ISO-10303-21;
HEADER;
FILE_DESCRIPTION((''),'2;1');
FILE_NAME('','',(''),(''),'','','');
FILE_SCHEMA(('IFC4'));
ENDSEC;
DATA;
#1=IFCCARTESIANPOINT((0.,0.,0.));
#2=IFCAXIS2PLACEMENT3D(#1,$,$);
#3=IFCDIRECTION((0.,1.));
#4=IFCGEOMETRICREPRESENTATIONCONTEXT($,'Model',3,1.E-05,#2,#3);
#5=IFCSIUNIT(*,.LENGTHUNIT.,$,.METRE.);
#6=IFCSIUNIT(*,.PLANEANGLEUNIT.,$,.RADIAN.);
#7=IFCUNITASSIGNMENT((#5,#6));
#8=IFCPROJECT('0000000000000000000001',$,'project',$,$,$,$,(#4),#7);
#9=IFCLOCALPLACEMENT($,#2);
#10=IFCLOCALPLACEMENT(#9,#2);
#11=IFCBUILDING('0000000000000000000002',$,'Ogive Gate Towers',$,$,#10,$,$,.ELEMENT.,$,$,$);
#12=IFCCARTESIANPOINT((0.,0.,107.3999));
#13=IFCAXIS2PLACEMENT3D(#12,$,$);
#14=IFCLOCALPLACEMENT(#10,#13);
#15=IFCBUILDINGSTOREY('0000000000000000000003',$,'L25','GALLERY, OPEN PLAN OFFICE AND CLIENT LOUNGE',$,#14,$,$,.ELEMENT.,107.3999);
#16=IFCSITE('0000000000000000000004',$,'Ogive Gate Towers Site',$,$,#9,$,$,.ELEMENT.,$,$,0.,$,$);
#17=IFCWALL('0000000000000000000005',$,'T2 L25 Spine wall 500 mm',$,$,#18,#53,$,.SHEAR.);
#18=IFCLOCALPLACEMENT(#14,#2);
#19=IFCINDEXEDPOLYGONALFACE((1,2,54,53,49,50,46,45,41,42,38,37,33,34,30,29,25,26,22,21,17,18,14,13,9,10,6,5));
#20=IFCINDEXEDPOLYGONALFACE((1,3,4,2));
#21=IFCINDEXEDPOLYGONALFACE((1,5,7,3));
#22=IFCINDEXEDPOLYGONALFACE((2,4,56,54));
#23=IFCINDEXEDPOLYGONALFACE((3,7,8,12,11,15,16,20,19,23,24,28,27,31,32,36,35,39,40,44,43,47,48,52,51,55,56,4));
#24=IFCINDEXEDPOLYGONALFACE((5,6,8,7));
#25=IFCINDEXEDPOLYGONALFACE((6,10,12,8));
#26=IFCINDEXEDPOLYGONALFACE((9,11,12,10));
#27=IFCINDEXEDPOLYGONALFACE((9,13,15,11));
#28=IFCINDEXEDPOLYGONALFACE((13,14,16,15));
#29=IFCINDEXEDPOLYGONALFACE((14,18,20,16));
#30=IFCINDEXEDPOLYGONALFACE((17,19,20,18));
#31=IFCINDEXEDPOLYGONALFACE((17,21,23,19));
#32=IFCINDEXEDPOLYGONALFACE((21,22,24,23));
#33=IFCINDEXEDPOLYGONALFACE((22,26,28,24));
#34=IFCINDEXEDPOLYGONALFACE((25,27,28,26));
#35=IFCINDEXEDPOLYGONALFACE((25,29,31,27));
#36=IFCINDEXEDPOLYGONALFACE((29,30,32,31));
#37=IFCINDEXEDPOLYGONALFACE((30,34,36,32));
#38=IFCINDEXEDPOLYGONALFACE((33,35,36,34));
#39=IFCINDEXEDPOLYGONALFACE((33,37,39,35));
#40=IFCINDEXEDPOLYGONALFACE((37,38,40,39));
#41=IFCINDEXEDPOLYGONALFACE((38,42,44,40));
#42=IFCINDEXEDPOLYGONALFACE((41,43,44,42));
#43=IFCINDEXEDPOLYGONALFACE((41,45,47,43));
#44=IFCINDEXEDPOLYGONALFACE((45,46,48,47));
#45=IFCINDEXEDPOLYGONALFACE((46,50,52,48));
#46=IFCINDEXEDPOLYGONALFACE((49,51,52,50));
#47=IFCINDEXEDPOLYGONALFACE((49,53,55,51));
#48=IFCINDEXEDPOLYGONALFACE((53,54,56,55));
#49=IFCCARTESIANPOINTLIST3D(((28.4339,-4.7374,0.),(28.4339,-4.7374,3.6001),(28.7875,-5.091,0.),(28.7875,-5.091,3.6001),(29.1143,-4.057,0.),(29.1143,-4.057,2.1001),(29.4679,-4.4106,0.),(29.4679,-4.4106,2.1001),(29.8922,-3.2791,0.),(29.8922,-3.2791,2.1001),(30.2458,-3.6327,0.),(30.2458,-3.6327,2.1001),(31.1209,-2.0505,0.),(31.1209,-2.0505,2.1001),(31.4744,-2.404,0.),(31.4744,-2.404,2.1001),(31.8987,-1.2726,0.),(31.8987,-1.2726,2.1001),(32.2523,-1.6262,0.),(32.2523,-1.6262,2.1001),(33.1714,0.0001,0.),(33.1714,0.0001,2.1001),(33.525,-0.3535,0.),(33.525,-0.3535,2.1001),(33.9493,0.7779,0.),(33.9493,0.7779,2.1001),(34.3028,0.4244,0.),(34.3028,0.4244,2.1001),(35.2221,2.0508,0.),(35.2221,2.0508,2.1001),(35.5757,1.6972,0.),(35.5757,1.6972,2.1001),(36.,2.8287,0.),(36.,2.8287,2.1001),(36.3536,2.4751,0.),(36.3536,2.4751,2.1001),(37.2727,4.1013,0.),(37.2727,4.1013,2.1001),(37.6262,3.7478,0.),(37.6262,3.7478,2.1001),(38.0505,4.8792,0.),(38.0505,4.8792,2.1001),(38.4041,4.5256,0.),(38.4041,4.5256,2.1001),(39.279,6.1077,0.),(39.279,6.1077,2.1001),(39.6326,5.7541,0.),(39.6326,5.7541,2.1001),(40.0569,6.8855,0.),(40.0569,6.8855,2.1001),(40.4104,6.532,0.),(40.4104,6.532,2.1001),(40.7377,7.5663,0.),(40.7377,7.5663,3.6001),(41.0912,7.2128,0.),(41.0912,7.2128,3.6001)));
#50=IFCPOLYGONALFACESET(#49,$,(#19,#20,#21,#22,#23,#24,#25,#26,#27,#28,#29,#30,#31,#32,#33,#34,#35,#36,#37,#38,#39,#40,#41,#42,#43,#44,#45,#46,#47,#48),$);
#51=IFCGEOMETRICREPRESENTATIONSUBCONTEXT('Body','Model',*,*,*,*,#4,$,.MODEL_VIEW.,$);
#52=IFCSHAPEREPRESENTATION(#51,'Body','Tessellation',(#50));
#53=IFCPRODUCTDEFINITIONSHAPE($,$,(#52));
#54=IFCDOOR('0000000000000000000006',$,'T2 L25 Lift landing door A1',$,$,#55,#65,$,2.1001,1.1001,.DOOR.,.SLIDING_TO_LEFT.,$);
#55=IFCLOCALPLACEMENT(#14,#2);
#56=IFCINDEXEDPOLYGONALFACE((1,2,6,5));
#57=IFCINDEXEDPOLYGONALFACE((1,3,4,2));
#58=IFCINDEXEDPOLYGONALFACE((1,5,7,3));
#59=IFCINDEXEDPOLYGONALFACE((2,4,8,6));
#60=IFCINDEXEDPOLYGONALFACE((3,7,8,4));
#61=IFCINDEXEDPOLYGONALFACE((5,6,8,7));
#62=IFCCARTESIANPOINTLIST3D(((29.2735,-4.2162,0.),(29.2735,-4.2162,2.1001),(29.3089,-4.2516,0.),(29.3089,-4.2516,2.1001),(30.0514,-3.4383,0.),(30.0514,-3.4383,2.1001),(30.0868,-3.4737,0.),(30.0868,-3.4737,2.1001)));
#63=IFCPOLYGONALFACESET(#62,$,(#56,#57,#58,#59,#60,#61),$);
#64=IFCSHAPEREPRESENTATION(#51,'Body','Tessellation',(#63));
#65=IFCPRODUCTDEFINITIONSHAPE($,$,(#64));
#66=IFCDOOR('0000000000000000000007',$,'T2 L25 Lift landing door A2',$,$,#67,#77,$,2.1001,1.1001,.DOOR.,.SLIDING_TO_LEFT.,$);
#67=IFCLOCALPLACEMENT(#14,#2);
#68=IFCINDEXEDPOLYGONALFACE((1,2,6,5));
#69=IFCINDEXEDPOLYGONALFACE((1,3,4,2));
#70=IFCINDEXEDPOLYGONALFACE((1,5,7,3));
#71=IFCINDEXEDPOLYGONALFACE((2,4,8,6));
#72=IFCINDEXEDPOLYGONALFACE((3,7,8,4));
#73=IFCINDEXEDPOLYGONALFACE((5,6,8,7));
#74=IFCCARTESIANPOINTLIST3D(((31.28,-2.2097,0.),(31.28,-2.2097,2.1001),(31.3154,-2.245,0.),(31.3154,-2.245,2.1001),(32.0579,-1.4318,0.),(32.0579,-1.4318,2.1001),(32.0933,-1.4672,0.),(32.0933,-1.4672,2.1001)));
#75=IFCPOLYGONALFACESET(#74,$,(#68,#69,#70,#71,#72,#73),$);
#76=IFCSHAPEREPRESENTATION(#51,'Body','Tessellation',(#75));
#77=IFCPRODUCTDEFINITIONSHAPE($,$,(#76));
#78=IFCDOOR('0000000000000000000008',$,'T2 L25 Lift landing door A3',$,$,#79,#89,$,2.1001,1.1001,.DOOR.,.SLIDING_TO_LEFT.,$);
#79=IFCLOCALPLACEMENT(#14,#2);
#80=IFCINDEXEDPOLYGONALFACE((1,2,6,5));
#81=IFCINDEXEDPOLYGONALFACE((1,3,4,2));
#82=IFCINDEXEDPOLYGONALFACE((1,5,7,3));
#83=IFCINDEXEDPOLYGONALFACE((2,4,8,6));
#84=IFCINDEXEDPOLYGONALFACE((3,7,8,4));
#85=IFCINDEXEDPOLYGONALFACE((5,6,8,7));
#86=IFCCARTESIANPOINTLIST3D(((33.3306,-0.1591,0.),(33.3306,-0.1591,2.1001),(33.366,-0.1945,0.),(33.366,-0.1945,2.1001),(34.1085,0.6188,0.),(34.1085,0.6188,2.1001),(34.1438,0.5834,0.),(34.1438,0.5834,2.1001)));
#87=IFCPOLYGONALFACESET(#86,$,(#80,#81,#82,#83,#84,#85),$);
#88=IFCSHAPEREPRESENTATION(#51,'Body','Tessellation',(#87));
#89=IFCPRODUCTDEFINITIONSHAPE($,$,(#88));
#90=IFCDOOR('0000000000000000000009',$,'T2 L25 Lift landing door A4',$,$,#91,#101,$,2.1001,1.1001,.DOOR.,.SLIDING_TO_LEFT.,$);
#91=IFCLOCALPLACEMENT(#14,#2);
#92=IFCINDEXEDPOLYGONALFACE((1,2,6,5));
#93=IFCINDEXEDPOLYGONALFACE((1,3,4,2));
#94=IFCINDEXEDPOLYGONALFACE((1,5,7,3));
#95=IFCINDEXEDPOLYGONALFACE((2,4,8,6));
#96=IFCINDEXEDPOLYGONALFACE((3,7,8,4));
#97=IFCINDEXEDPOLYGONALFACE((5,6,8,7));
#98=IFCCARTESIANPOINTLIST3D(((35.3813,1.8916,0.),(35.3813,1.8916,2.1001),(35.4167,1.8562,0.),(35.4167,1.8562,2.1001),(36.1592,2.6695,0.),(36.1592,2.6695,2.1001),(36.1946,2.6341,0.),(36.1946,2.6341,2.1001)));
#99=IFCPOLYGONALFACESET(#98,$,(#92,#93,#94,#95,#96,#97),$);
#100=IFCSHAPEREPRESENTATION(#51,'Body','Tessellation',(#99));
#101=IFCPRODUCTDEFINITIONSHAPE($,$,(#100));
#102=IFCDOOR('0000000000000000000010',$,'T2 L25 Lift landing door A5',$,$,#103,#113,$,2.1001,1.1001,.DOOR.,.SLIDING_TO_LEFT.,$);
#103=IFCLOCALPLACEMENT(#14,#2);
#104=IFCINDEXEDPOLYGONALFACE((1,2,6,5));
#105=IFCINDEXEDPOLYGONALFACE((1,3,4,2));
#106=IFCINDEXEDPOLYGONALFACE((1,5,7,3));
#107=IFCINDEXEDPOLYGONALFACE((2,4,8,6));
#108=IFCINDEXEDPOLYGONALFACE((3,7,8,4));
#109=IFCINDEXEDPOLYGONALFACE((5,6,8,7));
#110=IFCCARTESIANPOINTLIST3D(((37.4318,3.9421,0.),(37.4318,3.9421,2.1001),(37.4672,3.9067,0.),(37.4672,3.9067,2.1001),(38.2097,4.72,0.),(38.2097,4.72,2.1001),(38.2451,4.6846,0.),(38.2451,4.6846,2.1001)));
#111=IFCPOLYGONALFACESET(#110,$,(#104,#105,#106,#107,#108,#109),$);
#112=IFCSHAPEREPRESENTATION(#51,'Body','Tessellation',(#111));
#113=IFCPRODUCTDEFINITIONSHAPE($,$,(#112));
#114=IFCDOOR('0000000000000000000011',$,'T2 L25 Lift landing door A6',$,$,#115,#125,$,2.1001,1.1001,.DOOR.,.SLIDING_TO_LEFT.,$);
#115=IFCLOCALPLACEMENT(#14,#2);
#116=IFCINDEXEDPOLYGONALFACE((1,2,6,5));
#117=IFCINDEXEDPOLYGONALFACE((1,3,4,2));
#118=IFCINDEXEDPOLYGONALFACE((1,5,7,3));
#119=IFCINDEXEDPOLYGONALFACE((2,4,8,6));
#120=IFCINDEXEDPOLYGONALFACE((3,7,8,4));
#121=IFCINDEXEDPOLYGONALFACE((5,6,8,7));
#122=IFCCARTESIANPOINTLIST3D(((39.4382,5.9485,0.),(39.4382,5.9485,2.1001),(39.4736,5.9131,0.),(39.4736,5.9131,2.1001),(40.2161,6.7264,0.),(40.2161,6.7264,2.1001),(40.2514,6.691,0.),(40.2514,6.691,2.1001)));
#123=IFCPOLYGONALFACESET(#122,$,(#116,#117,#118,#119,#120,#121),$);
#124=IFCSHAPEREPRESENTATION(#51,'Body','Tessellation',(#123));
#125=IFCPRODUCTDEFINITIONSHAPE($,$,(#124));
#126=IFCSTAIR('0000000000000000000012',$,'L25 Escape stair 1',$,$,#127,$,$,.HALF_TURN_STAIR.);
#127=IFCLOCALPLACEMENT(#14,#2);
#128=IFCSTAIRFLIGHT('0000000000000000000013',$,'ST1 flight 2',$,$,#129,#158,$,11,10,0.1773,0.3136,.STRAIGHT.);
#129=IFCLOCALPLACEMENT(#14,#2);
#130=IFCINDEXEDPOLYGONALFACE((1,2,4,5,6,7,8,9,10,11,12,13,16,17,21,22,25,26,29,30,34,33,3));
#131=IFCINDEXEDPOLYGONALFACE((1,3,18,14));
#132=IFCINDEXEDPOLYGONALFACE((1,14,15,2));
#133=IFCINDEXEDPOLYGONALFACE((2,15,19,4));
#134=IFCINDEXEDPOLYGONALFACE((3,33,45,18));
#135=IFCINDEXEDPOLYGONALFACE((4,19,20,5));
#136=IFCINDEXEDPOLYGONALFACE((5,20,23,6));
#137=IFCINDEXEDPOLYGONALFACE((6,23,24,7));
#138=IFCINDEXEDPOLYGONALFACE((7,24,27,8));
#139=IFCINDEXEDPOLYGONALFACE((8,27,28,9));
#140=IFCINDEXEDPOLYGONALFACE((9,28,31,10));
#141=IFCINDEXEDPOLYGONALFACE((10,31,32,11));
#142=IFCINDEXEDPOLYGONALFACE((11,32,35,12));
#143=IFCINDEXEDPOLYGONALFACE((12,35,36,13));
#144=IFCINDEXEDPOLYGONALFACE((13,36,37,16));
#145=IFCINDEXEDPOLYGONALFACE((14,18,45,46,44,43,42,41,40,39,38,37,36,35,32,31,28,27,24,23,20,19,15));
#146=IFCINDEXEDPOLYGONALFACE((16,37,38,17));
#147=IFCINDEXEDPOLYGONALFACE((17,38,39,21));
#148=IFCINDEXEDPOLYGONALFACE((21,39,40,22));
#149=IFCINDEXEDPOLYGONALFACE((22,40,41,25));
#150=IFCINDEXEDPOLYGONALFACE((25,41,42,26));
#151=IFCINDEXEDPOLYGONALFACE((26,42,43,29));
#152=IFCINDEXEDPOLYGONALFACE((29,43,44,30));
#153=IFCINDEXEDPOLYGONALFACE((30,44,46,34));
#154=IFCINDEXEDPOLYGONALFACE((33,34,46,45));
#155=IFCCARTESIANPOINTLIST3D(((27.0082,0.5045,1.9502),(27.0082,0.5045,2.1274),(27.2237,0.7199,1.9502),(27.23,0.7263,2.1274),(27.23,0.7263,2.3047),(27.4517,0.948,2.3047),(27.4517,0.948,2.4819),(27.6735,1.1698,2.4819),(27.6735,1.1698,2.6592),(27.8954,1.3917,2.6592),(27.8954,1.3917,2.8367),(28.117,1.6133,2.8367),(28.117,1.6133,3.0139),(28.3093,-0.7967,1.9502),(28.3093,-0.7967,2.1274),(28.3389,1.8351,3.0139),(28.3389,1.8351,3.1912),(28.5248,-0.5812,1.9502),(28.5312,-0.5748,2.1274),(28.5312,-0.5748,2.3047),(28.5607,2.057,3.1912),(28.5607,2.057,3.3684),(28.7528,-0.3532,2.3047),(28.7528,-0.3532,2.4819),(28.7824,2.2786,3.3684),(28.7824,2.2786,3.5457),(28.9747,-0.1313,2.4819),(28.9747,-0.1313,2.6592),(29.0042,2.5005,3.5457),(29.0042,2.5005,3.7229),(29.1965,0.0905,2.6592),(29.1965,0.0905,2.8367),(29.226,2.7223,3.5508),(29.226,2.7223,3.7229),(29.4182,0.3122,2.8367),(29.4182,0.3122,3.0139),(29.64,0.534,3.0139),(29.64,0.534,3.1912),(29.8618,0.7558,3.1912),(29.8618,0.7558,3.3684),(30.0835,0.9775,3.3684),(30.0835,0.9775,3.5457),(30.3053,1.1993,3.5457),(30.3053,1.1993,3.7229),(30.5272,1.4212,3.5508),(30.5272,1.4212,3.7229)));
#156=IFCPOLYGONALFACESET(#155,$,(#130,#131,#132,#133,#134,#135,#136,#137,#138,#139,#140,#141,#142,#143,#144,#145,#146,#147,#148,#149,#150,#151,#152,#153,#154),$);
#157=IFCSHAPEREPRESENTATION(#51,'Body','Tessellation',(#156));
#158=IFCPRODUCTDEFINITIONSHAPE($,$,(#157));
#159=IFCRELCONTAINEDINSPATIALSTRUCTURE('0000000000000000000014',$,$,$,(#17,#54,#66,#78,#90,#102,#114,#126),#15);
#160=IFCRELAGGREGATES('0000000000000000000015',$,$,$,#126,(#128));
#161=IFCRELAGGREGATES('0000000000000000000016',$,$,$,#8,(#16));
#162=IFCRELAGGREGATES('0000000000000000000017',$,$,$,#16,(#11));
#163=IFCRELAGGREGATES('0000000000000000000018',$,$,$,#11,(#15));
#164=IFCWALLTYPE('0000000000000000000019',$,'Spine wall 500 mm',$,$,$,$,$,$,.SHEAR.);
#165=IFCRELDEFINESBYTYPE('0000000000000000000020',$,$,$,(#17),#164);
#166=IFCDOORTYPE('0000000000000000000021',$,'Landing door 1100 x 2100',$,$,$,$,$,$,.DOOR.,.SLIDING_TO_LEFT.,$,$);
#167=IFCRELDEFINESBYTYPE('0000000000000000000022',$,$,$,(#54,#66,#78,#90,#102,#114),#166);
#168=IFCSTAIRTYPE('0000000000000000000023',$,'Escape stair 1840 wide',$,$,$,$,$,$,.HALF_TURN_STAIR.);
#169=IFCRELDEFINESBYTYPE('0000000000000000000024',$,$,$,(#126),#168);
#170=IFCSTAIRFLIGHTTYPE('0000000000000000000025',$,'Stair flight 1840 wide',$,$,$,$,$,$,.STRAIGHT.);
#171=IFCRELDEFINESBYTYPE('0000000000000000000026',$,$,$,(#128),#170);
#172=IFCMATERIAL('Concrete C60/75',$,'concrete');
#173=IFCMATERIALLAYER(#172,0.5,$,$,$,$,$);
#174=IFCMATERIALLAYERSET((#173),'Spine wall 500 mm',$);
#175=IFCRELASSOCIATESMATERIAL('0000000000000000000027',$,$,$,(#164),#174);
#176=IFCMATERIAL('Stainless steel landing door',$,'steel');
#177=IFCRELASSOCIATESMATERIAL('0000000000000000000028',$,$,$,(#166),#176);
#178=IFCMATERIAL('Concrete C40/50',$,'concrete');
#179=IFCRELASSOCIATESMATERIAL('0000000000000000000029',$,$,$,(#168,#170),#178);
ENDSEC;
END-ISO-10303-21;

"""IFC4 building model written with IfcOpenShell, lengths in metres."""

from ifc_helpers import new_model, si_unit, direction, frame, frame_2d, origin, place, context, subcontext, project, spatial, polyline, rectangle, outline, extrude, material, layer, layer_set, type_object, element, fill, aggregate, save


model = new_model("IFC4")

# Units and contexts
model_context = context("Model", 3, precision=1e-05, world=origin(), true_north=direction((0.0, 1.0)))
body_context = subcontext(model_context, "Body", "Model", "MODEL_VIEW")
ifc_project = project(units=[si_unit("LENGTHUNIT", "METRE"), si_unit("PLANEANGLEUNIT", "RADIAN")], contexts=[model_context])

# Site, building, storey
site_placement = place(None, origin())
site = spatial("IfcSite", under=ifc_project, at=site_placement, Name="Ogive Gate Towers Site", CompositionType="ELEMENT", RefElevation=0.0)
building_placement = place(site_placement, origin())
building = spatial("IfcBuilding", under=site, at=building_placement, Name="Ogive Gate Towers", CompositionType="ELEMENT")
storey_placement = place(building_placement, frame((0.0, 0.0, 107.3999)))
storey = spatial("IfcBuildingStorey", under=building, at=storey_placement, Name="L25", Description="GALLERY, OPEN PLAN OFFICE AND CLIENT LOUNGE", CompositionType="ELEMENT", Elevation=107.3999)

# Shared definitions
ifc_material_1 = material(Name="Concrete C60/75", Category="concrete")

# Wall, openings, doors
ifc_layer_1 = layer(ifc_material_1, 0.5)
ifc_layer_set_1 = layer_set([ifc_layer_1], Name="Spine wall 500 mm")
wall_type_1 = type_object("IfcWallType", Name="Spine wall 500 mm", PredefinedType="SHEAR", material=ifc_layer_set_1)
ifc_material_2 = material(Name="Stainless steel landing door", Category="steel")
wall_1_placement = place(storey_placement, frame((28.6106, -4.9143, 0.0), z_axis=(0.0, 0.0, 1.0), x_axis=(0.707107, 0.707107, 0.0)))
wall_1 = element("IfcWall", 1, at=wall_1_placement, inside=storey, type_object=wall_type_1, Name="T2 L25 Spine wall 500 mm", PredefinedType="SHEAR", context=body_context, shape_type="SweptSolid", body=[
    extrude(rectangle(XDim=17.4001, YDim=0.5, at=frame_2d((8.7002, 0.0))), origin(), (0.0, 0.0, 1.0), 3.6001),
])
opening_1_placement = place(wall_1_placement, frame((0.9624, 0.0, 0.0)))
opening_1 = element("IfcOpeningElement", 2, at=opening_1_placement, cuts=wall_1, PredefinedType="OPENING", context=body_context, shape_type="SweptSolid", body=[
    extrude(rectangle(XDim=1.1001, YDim=2.1001, at=frame_2d((0.55, 1.05))), frame((0.0, 0.26, 0.0), z_axis=(0.0, -1.0, 0.0), x_axis=(1.0, 0.0, 0.0)), (0.0, 0.0, 1.0), 0.52),
])
opening_2_placement = place(wall_1_placement, frame((3.8, 0.0, 0.0)))
opening_2 = element("IfcOpeningElement", 3, at=opening_2_placement, cuts=wall_1, PredefinedType="OPENING", context=body_context, shape_type="SweptSolid", body=[
    extrude(rectangle(XDim=1.1001, YDim=2.1001, at=frame_2d((0.55, 1.05))), frame((0.0, 0.26, 0.0), z_axis=(0.0, -1.0, 0.0), x_axis=(1.0, 0.0, 0.0)), (0.0, 0.0, 1.0), 0.52),
])
opening_3_placement = place(wall_1_placement, frame((6.7, 0.0, 0.0)))
opening_3 = element("IfcOpeningElement", 4, at=opening_3_placement, cuts=wall_1, PredefinedType="OPENING", context=body_context, shape_type="SweptSolid", body=[
    extrude(rectangle(XDim=1.1001, YDim=2.1001, at=frame_2d((0.55, 1.05))), frame((0.0, 0.26, 0.0), z_axis=(0.0, -1.0, 0.0), x_axis=(1.0, 0.0, 0.0)), (0.0, 0.0, 1.0), 0.52),
])
opening_4_placement = place(wall_1_placement, frame((9.6001, 0.0, 0.0)))
opening_4 = element("IfcOpeningElement", 5, at=opening_4_placement, cuts=wall_1, PredefinedType="OPENING", context=body_context, shape_type="SweptSolid", body=[
    extrude(rectangle(XDim=1.1001, YDim=2.1001, at=frame_2d((0.55, 1.05))), frame((0.0, 0.26, 0.0), z_axis=(0.0, -1.0, 0.0), x_axis=(1.0, 0.0, 0.0)), (0.0, 0.0, 1.0), 0.52),
])
opening_5_placement = place(wall_1_placement, frame((12.5, 0.0, 0.0)))
opening_5 = element("IfcOpeningElement", 6, at=opening_5_placement, cuts=wall_1, PredefinedType="OPENING", context=body_context, shape_type="SweptSolid", body=[
    extrude(rectangle(XDim=1.1001, YDim=2.1001, at=frame_2d((0.55, 1.05))), frame((0.0, 0.26, 0.0), z_axis=(0.0, -1.0, 0.0), x_axis=(1.0, 0.0, 0.0)), (0.0, 0.0, 1.0), 0.52),
])
opening_6_placement = place(wall_1_placement, frame((15.3374, 0.0, 0.0)))
opening_6 = element("IfcOpeningElement", 7, at=opening_6_placement, cuts=wall_1, PredefinedType="OPENING", context=body_context, shape_type="SweptSolid", body=[
    extrude(rectangle(XDim=1.1001, YDim=2.1001, at=frame_2d((0.55, 1.05))), frame((0.0, 0.26, 0.0), z_axis=(0.0, -1.0, 0.0), x_axis=(1.0, 0.0, 0.0)), (0.0, 0.0, 1.0), 0.52),
])
door_type_1 = type_object("IfcDoorType", Name="Landing door 1100 x 2100", OperationType="SLIDING_TO_LEFT", PredefinedType="DOOR", material=ifc_material_2)
door_1_placement = place(opening_1_placement, origin())
door_1 = element("IfcDoor", 8, at=door_1_placement, inside=storey, type_object=door_type_1, Name="T2 L25 Lift landing door A1", OperationType="SLIDING_TO_LEFT", OverallHeight=2.1001, OverallWidth=1.1001, PredefinedType="DOOR", context=body_context, shape_type="SweptSolid", body=[
    extrude(rectangle(XDim=1.1001, YDim=2.1001, at=frame_2d((0.55, 1.05))), frame((0.0, 0.0249, 0.0), z_axis=(0.0, -1.0, 0.0), x_axis=(1.0, 0.0, 0.0)), (0.0, 0.0, 1.0), 0.05),
])
fill(opening_1, door_1)
door_2_placement = place(opening_2_placement, origin())
door_2 = element("IfcDoor", 9, at=door_2_placement, inside=storey, type_object=door_type_1, Name="T2 L25 Lift landing door A2", OperationType="SLIDING_TO_LEFT", OverallHeight=2.1001, OverallWidth=1.1001, PredefinedType="DOOR", context=body_context, shape_type="SweptSolid", body=[
    extrude(rectangle(XDim=1.1001, YDim=2.1001, at=frame_2d((0.55, 1.05))), frame((0.0, 0.0249, 0.0), z_axis=(0.0, -1.0, 0.0), x_axis=(1.0, 0.0, 0.0)), (0.0, 0.0, 1.0), 0.05),
])
fill(opening_2, door_2)
door_3_placement = place(opening_3_placement, origin())
door_3 = element("IfcDoor", 10, at=door_3_placement, inside=storey, type_object=door_type_1, Name="T2 L25 Lift landing door A3", OperationType="SLIDING_TO_LEFT", OverallHeight=2.1001, OverallWidth=1.1001, PredefinedType="DOOR", context=body_context, shape_type="SweptSolid", body=[
    extrude(rectangle(XDim=1.1001, YDim=2.1001, at=frame_2d((0.55, 1.05))), frame((0.0, 0.0249, 0.0), z_axis=(0.0, -1.0, 0.0), x_axis=(1.0, 0.0, 0.0)), (0.0, 0.0, 1.0), 0.05),
])
fill(opening_3, door_3)
door_4_placement = place(opening_4_placement, origin())
door_4 = element("IfcDoor", 11, at=door_4_placement, inside=storey, type_object=door_type_1, Name="T2 L25 Lift landing door A4", OperationType="SLIDING_TO_LEFT", OverallHeight=2.1001, OverallWidth=1.1001, PredefinedType="DOOR", context=body_context, shape_type="SweptSolid", body=[
    extrude(rectangle(XDim=1.1001, YDim=2.1001, at=frame_2d((0.55, 1.05))), frame((0.0, 0.0249, 0.0), z_axis=(0.0, -1.0, 0.0), x_axis=(1.0, 0.0, 0.0)), (0.0, 0.0, 1.0), 0.05),
])
fill(opening_4, door_4)
door_5_placement = place(opening_5_placement, origin())
door_5 = element("IfcDoor", 12, at=door_5_placement, inside=storey, type_object=door_type_1, Name="T2 L25 Lift landing door A5", OperationType="SLIDING_TO_LEFT", OverallHeight=2.1001, OverallWidth=1.1001, PredefinedType="DOOR", context=body_context, shape_type="SweptSolid", body=[
    extrude(rectangle(XDim=1.1001, YDim=2.1001, at=frame_2d((0.55, 1.05))), frame((0.0, 0.0249, 0.0), z_axis=(0.0, -1.0, 0.0), x_axis=(1.0, 0.0, 0.0)), (0.0, 0.0, 1.0), 0.05),
])
fill(opening_5, door_5)
door_6_placement = place(opening_6_placement, origin())
door_6 = element("IfcDoor", 13, at=door_6_placement, inside=storey, type_object=door_type_1, Name="T2 L25 Lift landing door A6", OperationType="SLIDING_TO_LEFT", OverallHeight=2.1001, OverallWidth=1.1001, PredefinedType="DOOR", context=body_context, shape_type="SweptSolid", body=[
    extrude(rectangle(XDim=1.1001, YDim=2.1001, at=frame_2d((0.55, 1.05))), frame((0.0, 0.0249, 0.0), z_axis=(0.0, -1.0, 0.0), x_axis=(1.0, 0.0, 0.0)), (0.0, 0.0, 1.0), 0.05),
])
fill(opening_6, door_6)

# Stair, stair flight
ifc_material_3 = material(Name="Concrete C40/50", Category="concrete")
stair_type = type_object("IfcStairType", Name="Escape stair 1840 wide", PredefinedType="HALF_TURN_STAIR", material=ifc_material_3)
stair_placement = place(storey_placement, origin())
stair = element("IfcStair", 14, at=stair_placement, inside=storey, type_object=stair_type, Name="L25 Escape stair 1", PredefinedType="HALF_TURN_STAIR")
stair_flight_type = type_object("IfcStairFlightType", Name="Stair flight 1840 wide", PredefinedType="STRAIGHT", material=ifc_material_3)
stair_flight_placement = place(storey_placement, frame((27.6587, -0.146, 1.9502), z_axis=(0.0, 0.0, 1.0), x_axis=(0.707107, 0.707107, 0.0)))
stair_flight = element("IfcStairFlight", 15, at=stair_flight_placement, type_object=stair_flight_type, Name="ST1 flight 2", NumberOfRisers=11, NumberOfTreads=10, PredefinedType="STRAIGHT", RiserHeight=0.1773, TreadLength=0.3136, context=body_context, shape_type="SweptSolid", body=[
    extrude(outline(polyline([(0.0, 0.0), (0.0, 0.1772), (0.3137, 0.1772), (0.3137, 0.3545), (0.6272, 0.3545), (0.6272, 0.5317), (0.9409, 0.5317), (0.9409, 0.709), (1.2546, 0.709), (1.2546, 0.8865), (1.5681, 0.8865), (1.5681, 1.0637), (1.8818, 1.0637), (1.8818, 1.241), (2.1956, 1.241), (2.1956, 1.4182), (2.509, 1.4182), (2.509, 1.5955), (2.8228, 1.5955), (2.8228, 1.7727), (3.1365, 1.7727), (3.1365, 1.95), (3.1365, 1.6006), (0.3047, 0.0), (0.0, 0.0)])), frame((0.0, 0.9199, 0.0), z_axis=(0.0, -1.0, 0.0), x_axis=(1.0, 0.0, 0.0)), (0.0, 0.0, 1.0), 1.8401),
])
aggregate(stair, [stair_flight])

save(model, "model.ifc")
